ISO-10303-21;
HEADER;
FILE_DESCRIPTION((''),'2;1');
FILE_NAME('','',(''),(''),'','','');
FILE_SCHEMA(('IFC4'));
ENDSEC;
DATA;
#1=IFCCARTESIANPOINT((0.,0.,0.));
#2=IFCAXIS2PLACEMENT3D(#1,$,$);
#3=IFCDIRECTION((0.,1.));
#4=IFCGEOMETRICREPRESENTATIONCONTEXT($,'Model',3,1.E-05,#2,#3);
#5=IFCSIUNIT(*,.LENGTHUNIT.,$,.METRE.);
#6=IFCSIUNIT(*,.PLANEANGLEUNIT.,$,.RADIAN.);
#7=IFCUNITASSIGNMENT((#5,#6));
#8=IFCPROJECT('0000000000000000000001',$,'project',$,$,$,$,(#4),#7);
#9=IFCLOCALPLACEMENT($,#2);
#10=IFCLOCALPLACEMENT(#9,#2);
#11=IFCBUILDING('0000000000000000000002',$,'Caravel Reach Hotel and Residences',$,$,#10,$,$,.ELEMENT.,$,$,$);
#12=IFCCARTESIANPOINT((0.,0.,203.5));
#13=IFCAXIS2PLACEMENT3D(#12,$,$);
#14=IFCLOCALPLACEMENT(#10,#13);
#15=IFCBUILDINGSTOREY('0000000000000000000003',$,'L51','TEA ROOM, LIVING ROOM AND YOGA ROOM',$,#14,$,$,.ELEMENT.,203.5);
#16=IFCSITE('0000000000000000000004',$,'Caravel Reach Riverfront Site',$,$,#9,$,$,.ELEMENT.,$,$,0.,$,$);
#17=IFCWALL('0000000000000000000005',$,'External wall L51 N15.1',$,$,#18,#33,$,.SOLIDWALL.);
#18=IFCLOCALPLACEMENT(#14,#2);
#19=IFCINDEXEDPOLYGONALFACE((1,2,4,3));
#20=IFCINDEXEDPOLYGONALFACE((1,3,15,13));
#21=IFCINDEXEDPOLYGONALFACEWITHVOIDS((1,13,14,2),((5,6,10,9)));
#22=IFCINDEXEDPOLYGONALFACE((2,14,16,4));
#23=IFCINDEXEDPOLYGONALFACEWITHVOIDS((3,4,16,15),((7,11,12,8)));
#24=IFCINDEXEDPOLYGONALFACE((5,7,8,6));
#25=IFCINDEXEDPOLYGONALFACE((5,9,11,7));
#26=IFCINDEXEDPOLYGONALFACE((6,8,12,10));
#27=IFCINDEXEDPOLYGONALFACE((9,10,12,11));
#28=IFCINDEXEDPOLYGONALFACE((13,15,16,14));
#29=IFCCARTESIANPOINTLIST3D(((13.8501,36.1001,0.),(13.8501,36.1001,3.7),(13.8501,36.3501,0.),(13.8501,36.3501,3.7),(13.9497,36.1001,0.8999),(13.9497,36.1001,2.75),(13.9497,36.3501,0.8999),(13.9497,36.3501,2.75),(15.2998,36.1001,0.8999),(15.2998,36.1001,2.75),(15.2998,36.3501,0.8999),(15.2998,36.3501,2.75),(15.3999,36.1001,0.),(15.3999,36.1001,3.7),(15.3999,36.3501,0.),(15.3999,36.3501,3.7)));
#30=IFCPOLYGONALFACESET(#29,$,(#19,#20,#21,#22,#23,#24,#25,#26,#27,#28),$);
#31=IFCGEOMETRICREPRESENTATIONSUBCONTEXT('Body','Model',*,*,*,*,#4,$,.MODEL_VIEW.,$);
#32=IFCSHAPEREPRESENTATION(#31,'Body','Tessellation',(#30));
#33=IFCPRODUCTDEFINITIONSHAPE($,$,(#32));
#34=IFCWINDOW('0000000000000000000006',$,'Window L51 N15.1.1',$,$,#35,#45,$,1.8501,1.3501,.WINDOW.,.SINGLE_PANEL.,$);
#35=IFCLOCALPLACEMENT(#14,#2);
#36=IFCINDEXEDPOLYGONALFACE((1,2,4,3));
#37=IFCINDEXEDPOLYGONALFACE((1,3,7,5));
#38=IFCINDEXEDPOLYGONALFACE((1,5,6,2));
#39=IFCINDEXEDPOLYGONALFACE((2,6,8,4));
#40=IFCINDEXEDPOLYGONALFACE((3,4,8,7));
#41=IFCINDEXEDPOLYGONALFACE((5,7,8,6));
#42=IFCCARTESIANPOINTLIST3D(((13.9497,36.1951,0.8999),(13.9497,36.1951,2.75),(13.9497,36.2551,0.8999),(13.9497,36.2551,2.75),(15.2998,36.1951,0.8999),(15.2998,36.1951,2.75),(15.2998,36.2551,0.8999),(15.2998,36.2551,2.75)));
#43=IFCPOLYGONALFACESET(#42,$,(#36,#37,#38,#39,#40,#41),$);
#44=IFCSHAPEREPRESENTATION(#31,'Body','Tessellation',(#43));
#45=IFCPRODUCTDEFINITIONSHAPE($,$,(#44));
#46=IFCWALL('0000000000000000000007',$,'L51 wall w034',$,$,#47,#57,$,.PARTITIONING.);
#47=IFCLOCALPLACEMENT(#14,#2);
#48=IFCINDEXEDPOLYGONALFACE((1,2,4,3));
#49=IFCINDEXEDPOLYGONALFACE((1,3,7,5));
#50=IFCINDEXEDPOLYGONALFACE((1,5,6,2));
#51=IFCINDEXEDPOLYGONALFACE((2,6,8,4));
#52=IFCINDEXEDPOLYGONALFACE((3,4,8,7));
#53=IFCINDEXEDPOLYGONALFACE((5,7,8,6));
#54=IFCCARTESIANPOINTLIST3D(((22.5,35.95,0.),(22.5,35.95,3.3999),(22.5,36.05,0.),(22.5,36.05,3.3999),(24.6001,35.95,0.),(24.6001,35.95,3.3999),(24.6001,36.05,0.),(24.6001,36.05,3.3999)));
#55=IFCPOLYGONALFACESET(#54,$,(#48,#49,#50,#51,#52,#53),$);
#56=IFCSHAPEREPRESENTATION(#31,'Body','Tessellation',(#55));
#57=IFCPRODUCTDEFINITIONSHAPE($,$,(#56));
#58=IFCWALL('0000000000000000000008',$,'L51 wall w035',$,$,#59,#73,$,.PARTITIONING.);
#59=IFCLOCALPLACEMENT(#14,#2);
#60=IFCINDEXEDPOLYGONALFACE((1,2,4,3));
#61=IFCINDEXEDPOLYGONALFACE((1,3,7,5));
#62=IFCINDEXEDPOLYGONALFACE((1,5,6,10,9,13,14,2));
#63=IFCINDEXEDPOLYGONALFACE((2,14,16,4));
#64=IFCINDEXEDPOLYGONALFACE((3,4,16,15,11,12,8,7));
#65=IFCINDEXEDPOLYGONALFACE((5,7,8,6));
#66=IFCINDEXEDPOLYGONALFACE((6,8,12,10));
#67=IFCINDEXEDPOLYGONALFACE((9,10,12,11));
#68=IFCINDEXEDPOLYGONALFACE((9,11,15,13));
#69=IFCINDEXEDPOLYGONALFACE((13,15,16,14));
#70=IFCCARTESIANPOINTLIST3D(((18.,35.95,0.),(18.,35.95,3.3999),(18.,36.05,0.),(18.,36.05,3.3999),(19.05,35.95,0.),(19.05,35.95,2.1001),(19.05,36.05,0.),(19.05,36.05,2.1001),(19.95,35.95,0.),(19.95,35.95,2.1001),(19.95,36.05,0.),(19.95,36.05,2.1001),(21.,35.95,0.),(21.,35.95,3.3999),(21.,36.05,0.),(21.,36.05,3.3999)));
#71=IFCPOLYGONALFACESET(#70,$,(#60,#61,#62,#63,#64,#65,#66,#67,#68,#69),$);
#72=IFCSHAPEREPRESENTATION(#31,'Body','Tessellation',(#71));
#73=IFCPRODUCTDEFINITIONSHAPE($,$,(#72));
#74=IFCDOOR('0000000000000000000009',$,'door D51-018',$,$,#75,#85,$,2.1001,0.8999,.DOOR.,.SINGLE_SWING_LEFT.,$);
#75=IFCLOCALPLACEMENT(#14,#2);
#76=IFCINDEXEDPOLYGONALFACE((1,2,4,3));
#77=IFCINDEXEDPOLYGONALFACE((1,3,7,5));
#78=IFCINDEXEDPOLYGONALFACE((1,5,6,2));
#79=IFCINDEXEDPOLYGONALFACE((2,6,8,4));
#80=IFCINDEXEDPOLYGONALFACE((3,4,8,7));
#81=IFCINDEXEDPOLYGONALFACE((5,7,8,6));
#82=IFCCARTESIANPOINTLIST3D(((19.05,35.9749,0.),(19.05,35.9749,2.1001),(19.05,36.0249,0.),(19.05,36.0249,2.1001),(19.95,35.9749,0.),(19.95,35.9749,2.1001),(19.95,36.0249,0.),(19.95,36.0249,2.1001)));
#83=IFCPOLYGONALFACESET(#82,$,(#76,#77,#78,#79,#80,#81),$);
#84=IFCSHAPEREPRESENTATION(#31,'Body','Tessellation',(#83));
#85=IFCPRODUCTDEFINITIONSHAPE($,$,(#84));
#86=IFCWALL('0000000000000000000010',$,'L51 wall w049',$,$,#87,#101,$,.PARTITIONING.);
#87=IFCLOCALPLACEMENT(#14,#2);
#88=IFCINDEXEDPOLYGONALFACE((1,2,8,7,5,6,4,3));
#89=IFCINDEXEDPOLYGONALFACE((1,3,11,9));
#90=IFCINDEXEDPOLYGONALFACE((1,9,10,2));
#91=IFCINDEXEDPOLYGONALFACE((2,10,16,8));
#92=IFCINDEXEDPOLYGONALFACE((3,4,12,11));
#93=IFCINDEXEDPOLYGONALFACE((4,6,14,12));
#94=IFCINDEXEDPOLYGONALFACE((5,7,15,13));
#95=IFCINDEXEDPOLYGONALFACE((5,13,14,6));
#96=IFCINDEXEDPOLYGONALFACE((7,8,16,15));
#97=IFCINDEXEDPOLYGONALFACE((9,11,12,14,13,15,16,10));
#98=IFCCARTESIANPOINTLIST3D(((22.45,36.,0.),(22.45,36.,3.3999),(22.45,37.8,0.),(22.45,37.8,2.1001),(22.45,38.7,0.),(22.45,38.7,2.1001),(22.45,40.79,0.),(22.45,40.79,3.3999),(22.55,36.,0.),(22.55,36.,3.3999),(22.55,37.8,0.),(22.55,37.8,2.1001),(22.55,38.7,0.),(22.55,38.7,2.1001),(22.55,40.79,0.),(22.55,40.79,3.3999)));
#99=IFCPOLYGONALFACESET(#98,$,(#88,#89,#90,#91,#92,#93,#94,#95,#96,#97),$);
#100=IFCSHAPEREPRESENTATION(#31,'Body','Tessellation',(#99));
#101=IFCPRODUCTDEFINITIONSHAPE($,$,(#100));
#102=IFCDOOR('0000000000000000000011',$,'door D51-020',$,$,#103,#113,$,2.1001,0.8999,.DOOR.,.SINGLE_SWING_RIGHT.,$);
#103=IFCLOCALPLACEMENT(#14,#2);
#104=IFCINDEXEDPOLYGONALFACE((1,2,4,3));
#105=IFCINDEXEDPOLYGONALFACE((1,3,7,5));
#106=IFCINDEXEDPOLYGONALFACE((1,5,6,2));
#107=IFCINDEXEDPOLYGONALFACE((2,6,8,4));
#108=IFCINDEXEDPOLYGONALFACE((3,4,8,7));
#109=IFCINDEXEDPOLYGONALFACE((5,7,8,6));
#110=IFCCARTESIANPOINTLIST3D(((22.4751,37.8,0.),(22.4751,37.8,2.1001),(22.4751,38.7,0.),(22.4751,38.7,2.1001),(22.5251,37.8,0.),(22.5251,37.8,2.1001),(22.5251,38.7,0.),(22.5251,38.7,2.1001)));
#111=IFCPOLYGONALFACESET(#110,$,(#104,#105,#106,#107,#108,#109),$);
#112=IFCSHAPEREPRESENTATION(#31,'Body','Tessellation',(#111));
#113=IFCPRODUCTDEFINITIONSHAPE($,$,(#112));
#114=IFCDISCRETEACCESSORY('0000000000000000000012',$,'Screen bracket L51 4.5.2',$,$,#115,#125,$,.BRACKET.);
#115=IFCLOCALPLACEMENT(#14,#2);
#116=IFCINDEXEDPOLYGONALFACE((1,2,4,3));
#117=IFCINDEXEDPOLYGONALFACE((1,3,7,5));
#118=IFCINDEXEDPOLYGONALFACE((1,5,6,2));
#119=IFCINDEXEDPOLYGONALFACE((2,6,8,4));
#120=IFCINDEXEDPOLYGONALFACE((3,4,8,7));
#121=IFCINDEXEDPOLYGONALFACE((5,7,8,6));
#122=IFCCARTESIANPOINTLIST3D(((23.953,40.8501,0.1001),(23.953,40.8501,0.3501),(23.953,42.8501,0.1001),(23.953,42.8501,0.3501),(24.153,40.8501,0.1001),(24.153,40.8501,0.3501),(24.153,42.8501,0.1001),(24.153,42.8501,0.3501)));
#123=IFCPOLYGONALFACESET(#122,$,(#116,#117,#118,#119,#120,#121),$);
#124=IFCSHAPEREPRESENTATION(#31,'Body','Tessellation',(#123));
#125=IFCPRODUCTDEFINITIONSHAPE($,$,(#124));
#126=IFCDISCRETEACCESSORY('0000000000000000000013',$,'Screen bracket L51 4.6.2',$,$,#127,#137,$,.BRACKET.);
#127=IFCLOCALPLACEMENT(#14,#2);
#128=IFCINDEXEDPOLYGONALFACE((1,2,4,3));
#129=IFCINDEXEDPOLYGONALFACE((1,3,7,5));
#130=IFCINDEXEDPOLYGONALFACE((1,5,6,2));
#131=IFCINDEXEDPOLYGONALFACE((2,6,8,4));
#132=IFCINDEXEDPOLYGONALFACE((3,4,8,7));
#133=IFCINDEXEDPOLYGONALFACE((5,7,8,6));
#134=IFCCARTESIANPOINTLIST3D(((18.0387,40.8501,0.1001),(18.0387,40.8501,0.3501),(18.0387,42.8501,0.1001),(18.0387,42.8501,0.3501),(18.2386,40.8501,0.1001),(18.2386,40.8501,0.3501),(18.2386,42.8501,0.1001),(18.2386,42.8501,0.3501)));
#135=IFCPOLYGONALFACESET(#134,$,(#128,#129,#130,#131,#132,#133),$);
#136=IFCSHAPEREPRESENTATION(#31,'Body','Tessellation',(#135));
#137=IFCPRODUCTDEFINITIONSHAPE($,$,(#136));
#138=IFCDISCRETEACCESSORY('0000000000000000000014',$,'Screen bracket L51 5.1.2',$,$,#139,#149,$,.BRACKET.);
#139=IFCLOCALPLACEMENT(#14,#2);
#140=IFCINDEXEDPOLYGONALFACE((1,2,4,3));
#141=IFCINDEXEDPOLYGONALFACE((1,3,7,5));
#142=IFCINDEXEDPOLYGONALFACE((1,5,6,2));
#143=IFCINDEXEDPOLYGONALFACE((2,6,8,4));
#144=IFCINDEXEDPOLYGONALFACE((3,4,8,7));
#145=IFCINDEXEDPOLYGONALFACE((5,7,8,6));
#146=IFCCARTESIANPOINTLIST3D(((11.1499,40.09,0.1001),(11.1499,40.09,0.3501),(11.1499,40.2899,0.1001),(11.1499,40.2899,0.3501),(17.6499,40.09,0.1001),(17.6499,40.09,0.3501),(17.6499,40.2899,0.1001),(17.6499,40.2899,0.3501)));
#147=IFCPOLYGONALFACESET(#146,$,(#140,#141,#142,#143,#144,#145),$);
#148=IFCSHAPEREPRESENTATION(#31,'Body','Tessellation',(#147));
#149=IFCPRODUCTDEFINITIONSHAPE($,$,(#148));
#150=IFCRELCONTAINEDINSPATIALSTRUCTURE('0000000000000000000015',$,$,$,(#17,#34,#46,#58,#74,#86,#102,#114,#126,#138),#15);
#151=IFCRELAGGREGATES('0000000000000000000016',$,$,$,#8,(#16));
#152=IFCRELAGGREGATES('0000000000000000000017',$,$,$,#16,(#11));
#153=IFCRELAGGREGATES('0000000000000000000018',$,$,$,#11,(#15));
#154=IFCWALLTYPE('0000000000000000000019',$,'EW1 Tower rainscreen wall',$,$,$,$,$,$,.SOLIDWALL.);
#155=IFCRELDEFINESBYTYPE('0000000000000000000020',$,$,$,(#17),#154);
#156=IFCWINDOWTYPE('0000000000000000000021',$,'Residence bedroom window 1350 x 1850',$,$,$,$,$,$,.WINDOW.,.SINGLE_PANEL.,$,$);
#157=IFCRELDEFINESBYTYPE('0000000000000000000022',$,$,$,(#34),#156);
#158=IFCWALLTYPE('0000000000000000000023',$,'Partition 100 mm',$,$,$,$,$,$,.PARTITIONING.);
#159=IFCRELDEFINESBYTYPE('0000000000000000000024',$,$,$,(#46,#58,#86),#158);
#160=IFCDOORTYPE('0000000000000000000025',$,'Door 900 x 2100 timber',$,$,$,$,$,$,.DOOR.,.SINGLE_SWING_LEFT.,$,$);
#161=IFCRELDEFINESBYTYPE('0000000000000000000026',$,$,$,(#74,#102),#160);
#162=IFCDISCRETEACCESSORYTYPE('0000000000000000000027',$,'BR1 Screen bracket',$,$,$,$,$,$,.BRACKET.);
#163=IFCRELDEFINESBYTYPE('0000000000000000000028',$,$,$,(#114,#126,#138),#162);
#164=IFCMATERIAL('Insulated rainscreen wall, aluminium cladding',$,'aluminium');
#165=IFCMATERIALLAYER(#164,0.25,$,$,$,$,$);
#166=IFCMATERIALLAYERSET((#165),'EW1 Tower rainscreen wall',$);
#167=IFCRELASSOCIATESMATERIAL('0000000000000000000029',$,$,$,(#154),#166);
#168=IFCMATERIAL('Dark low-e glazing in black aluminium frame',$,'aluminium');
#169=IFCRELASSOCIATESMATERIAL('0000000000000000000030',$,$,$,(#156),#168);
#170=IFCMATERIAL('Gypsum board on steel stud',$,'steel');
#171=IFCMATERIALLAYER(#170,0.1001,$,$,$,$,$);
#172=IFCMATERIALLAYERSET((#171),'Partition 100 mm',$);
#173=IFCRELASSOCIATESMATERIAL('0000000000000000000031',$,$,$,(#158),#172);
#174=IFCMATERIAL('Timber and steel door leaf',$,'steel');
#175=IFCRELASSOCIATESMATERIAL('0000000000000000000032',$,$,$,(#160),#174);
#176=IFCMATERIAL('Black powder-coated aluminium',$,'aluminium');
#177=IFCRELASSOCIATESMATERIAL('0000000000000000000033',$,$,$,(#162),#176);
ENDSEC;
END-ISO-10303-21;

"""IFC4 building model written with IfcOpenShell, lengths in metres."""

from ifc_helpers import new_model, si_unit, direction, frame, frame_2d, origin, origin_2d, place, context, subcontext, project, spatial, rectangle, extrude, material, layer, layer_set, type_object, element, fill, save


model = new_model("IFC4")

# Units and contexts
model_context = context("Model", 3, precision=1e-05, world=origin(), true_north=direction((0.0, 1.0)))
body_context = subcontext(model_context, "Body", "Model", "MODEL_VIEW")
ifc_project = project(units=[si_unit("LENGTHUNIT", "METRE"), si_unit("PLANEANGLEUNIT", "RADIAN")], contexts=[model_context])

# Site, building, storey
site_placement = place(None, origin())
site = spatial("IfcSite", under=ifc_project, at=site_placement, Name="Caravel Reach Riverfront Site", CompositionType="ELEMENT", RefElevation=0.0)
building_placement = place(site_placement, origin())
building = spatial("IfcBuilding", under=site, at=building_placement, Name="Caravel Reach Hotel and Residences", CompositionType="ELEMENT")
storey_placement = place(building_placement, frame((0.0, 0.0, 203.5)))
storey = spatial("IfcBuildingStorey", under=building, at=storey_placement, Name="L51", Description="TEA ROOM, LIVING ROOM AND YOGA ROOM", CompositionType="ELEMENT", Elevation=203.5)

# Wall, opening, window
ifc_material_1 = material(Name="Insulated rainscreen wall, aluminium cladding", Category="aluminium")
ifc_layer_1 = layer(ifc_material_1, 0.25)
ifc_layer_set_1 = layer_set([ifc_layer_1], Name="EW1 Tower rainscreen wall")
wall_type_1 = type_object("IfcWallType", Name="EW1 Tower rainscreen wall", PredefinedType="SOLIDWALL", material=ifc_layer_set_1)
ifc_material_2 = material(Name="Dark low-e glazing in black aluminium frame", Category="aluminium")
window_type = type_object("IfcWindowType", Name="Residence bedroom window 1350 x 1850", PartitioningType="SINGLE_PANEL", PredefinedType="WINDOW", material=ifc_material_2)
wall_1_placement = place(storey_placement, frame((15.3999, 36.2251, 0.0), z_axis=(0.0, 0.0, 1.0), x_axis=(-1.0, 0.0, 0.0)))
wall_1 = element("IfcWall", 1, at=wall_1_placement, inside=storey, type_object=wall_type_1, Name="External wall L51 N15.1", PredefinedType="SOLIDWALL", context=body_context, shape_type="SweptSolid", body=[
    extrude(rectangle(XDim=1.5498, YDim=0.25, at=frame_2d((0.7749, 0.0))), origin(), (0.0, 0.0, 1.0), 3.7),
])
opening_1_placement = place(wall_1_placement, frame((0.1001, 0.0, 0.8999)))
opening_1 = element("IfcOpeningElement", 2, at=opening_1_placement, cuts=wall_1, PredefinedType="OPENING", context=body_context, shape_type="SweptSolid", body=[
    extrude(rectangle(XDim=1.3501, YDim=1.8501, at=frame_2d((0.675, 0.925))), frame((0.0, 0.135, 0.0), z_axis=(0.0, -1.0, 0.0), x_axis=(1.0, 0.0, 0.0)), (0.0, 0.0, 1.0), 0.27),
])
window_1_placement = place(opening_1_placement, origin())
window_1 = element("IfcWindow", 3, at=window_1_placement, inside=storey, type_object=window_type, Name="Window L51 N15.1.1", OverallHeight=1.8501, OverallWidth=1.3501, PartitioningType="SINGLE_PANEL", PredefinedType="WINDOW", context=body_context, shape_type="SweptSolid", body=[
    extrude(rectangle(XDim=1.3501, YDim=1.8501, at=frame_2d((0.675, 0.925))), frame((0.0, 0.03, 0.0), z_axis=(0.0, -1.0, 0.0), x_axis=(1.0, 0.0, 0.0)), (0.0, 0.0, 1.0), 0.0601),
])
fill(opening_1, window_1)

# Wall
ifc_material_3 = material(Name="Gypsum board on steel stud", Category="steel")
ifc_layer_2 = layer(ifc_material_3, 0.1001)
ifc_layer_set_2 = layer_set([ifc_layer_2], Name="Partition 100 mm")
wall_type_2 = type_object("IfcWallType", Name="Partition 100 mm", PredefinedType="PARTITIONING", material=ifc_layer_set_2)
wall_2_placement = place(storey_placement, frame((22.5, 36.0, 0.0), z_axis=(0.0, 0.0, 1.0), x_axis=(1.0, 0.0, 0.0)))
element("IfcWall", 4, at=wall_2_placement, inside=storey, type_object=wall_type_2, Name="L51 wall w034", PredefinedType="PARTITIONING", context=body_context, shape_type="SweptSolid", body=[
    extrude(rectangle(XDim=2.1001, YDim=0.1001, at=frame_2d((1.05, 0.0))), origin(), (0.0, 0.0, 1.0), 3.3999),
])

# Walls, openings, doors
wall_3_placement = place(storey_placement, frame((18.0, 36.0, 0.0), z_axis=(0.0, 0.0, 1.0), x_axis=(1.0, 0.0, 0.0)))
wall_3 = element("IfcWall", 5, at=wall_3_placement, inside=storey, type_object=wall_type_2, Name="L51 wall w035", PredefinedType="PARTITIONING", context=body_context, shape_type="SweptSolid", body=[
    extrude(rectangle(XDim=3.0, YDim=0.1001, at=frame_2d((1.5, 0.0))), origin(), (0.0, 0.0, 1.0), 3.3999),
])
opening_2_placement = place(wall_3_placement, frame((1.05, 0.0, 0.0)))
opening_2 = element("IfcOpeningElement", 6, at=opening_2_placement, cuts=wall_3, PredefinedType="OPENING", context=body_context, shape_type="SweptSolid", body=[
    extrude(rectangle(XDim=0.8999, YDim=2.1001, at=frame_2d((0.45, 1.05))), frame((0.0, 0.0601, 0.0), z_axis=(0.0, -1.0, 0.0), x_axis=(1.0, 0.0, 0.0)), (0.0, 0.0, 1.0), 0.1201),
])
ifc_material_4 = material(Name="Timber and steel door leaf", Category="steel")
door_type = type_object("IfcDoorType", Name="Door 900 x 2100 timber", OperationType="SINGLE_SWING_LEFT", PredefinedType="DOOR", material=ifc_material_4)
door_1_placement = place(opening_2_placement, origin())
door_1 = element("IfcDoor", 7, at=door_1_placement, inside=storey, type_object=door_type, Name="door D51-018", OperationType="SINGLE_SWING_LEFT", OverallHeight=2.1001, OverallWidth=0.8999, PredefinedType="DOOR", context=body_context, shape_type="SweptSolid", body=[
    extrude(rectangle(XDim=0.8999, YDim=2.1001, at=frame_2d((0.45, 1.05))), frame((0.0, 0.0249, 0.0), z_axis=(0.0, -1.0, 0.0), x_axis=(1.0, 0.0, 0.0)), (0.0, 0.0, 1.0), 0.05),
])
fill(opening_2, door_1)
wall_4_placement = place(storey_placement, frame((22.5, 36.0, 0.0), z_axis=(0.0, 0.0, 1.0), x_axis=(0.0, 1.0, 0.0)))
wall_4 = element("IfcWall", 8, at=wall_4_placement, inside=storey, type_object=wall_type_2, Name="L51 wall w049", PredefinedType="PARTITIONING", context=body_context, shape_type="SweptSolid", body=[
    extrude(rectangle(XDim=4.79, YDim=0.1001, at=frame_2d((2.395, 0.0))), origin(), (0.0, 0.0, 1.0), 3.3999),
])
opening_3_placement = place(wall_4_placement, frame((1.8, 0.0, 0.0)))
opening_3 = element("IfcOpeningElement", 9, at=opening_3_placement, cuts=wall_4, PredefinedType="OPENING", context=body_context, shape_type="SweptSolid", body=[
    extrude(rectangle(XDim=0.8999, YDim=2.1001, at=frame_2d((0.45, 1.05))), frame((0.0, 0.0601, 0.0), z_axis=(0.0, -1.0, 0.0), x_axis=(1.0, 0.0, 0.0)), (0.0, 0.0, 1.0), 0.1201),
])
door_2_placement = place(opening_3_placement, origin())
door_2 = element("IfcDoor", 10, at=door_2_placement, inside=storey, type_object=door_type, Name="door D51-020", OperationType="SINGLE_SWING_RIGHT", OverallHeight=2.1001, OverallWidth=0.8999, PredefinedType="DOOR", context=body_context, shape_type="SweptSolid", body=[
    extrude(rectangle(XDim=0.8999, YDim=2.1001, at=frame_2d((0.45, 1.05))), frame((0.0, 0.0249, 0.0), z_axis=(0.0, -1.0, 0.0), x_axis=(1.0, 0.0, 0.0)), (0.0, 0.0, 1.0), 0.05),
])
fill(opening_3, door_2)

# Discrete accessories
ifc_material_5 = material(Name="Black powder-coated aluminium", Category="aluminium")
discrete_accessory_type = type_object("IfcDiscreteAccessoryType", Name="BR1 Screen bracket", PredefinedType="BRACKET", material=ifc_material_5)
for number, where, z_axis, x_axis, name in (
    (11, (24.053, 41.8501, 0.1001), (0.0, 0.0, 1.0), (0.0, 1.0, 0.0), "Screen bracket L51 4.5.2"),
    (12, (18.1387, 41.8501, 0.1001), (0.0, 0.0, 1.0), (0.0, 1.0, 0.0), "Screen bracket L51 4.6.2"),
):
    element("IfcDiscreteAccessory", number, at=place(storey_placement, frame(where, z_axis=z_axis, x_axis=x_axis)), inside=storey, type_object=discrete_accessory_type, Name=name, PredefinedType="BRACKET", context=body_context, shape_type="SweptSolid", body=[
        extrude(rectangle(XDim=2.0, YDim=0.2, at=origin_2d()), origin(), (0.0, 0.0, 1.0), 0.25),
    ])
discrete_accessory_placement = place(storey_placement, frame((14.3999, 40.1899, 0.1001), z_axis=(0.0, 0.0, 1.0), x_axis=(-1.0, 0.0, 0.0)))
element("IfcDiscreteAccessory", 13, at=discrete_accessory_placement, inside=storey, type_object=discrete_accessory_type, Name="Screen bracket L51 5.1.2", PredefinedType="BRACKET", context=body_context, shape_type="SweptSolid", body=[
    extrude(rectangle(XDim=6.5, YDim=0.2, at=origin_2d()), origin(), (0.0, 0.0, 1.0), 0.25),
])

save(model, "model.ifc")
